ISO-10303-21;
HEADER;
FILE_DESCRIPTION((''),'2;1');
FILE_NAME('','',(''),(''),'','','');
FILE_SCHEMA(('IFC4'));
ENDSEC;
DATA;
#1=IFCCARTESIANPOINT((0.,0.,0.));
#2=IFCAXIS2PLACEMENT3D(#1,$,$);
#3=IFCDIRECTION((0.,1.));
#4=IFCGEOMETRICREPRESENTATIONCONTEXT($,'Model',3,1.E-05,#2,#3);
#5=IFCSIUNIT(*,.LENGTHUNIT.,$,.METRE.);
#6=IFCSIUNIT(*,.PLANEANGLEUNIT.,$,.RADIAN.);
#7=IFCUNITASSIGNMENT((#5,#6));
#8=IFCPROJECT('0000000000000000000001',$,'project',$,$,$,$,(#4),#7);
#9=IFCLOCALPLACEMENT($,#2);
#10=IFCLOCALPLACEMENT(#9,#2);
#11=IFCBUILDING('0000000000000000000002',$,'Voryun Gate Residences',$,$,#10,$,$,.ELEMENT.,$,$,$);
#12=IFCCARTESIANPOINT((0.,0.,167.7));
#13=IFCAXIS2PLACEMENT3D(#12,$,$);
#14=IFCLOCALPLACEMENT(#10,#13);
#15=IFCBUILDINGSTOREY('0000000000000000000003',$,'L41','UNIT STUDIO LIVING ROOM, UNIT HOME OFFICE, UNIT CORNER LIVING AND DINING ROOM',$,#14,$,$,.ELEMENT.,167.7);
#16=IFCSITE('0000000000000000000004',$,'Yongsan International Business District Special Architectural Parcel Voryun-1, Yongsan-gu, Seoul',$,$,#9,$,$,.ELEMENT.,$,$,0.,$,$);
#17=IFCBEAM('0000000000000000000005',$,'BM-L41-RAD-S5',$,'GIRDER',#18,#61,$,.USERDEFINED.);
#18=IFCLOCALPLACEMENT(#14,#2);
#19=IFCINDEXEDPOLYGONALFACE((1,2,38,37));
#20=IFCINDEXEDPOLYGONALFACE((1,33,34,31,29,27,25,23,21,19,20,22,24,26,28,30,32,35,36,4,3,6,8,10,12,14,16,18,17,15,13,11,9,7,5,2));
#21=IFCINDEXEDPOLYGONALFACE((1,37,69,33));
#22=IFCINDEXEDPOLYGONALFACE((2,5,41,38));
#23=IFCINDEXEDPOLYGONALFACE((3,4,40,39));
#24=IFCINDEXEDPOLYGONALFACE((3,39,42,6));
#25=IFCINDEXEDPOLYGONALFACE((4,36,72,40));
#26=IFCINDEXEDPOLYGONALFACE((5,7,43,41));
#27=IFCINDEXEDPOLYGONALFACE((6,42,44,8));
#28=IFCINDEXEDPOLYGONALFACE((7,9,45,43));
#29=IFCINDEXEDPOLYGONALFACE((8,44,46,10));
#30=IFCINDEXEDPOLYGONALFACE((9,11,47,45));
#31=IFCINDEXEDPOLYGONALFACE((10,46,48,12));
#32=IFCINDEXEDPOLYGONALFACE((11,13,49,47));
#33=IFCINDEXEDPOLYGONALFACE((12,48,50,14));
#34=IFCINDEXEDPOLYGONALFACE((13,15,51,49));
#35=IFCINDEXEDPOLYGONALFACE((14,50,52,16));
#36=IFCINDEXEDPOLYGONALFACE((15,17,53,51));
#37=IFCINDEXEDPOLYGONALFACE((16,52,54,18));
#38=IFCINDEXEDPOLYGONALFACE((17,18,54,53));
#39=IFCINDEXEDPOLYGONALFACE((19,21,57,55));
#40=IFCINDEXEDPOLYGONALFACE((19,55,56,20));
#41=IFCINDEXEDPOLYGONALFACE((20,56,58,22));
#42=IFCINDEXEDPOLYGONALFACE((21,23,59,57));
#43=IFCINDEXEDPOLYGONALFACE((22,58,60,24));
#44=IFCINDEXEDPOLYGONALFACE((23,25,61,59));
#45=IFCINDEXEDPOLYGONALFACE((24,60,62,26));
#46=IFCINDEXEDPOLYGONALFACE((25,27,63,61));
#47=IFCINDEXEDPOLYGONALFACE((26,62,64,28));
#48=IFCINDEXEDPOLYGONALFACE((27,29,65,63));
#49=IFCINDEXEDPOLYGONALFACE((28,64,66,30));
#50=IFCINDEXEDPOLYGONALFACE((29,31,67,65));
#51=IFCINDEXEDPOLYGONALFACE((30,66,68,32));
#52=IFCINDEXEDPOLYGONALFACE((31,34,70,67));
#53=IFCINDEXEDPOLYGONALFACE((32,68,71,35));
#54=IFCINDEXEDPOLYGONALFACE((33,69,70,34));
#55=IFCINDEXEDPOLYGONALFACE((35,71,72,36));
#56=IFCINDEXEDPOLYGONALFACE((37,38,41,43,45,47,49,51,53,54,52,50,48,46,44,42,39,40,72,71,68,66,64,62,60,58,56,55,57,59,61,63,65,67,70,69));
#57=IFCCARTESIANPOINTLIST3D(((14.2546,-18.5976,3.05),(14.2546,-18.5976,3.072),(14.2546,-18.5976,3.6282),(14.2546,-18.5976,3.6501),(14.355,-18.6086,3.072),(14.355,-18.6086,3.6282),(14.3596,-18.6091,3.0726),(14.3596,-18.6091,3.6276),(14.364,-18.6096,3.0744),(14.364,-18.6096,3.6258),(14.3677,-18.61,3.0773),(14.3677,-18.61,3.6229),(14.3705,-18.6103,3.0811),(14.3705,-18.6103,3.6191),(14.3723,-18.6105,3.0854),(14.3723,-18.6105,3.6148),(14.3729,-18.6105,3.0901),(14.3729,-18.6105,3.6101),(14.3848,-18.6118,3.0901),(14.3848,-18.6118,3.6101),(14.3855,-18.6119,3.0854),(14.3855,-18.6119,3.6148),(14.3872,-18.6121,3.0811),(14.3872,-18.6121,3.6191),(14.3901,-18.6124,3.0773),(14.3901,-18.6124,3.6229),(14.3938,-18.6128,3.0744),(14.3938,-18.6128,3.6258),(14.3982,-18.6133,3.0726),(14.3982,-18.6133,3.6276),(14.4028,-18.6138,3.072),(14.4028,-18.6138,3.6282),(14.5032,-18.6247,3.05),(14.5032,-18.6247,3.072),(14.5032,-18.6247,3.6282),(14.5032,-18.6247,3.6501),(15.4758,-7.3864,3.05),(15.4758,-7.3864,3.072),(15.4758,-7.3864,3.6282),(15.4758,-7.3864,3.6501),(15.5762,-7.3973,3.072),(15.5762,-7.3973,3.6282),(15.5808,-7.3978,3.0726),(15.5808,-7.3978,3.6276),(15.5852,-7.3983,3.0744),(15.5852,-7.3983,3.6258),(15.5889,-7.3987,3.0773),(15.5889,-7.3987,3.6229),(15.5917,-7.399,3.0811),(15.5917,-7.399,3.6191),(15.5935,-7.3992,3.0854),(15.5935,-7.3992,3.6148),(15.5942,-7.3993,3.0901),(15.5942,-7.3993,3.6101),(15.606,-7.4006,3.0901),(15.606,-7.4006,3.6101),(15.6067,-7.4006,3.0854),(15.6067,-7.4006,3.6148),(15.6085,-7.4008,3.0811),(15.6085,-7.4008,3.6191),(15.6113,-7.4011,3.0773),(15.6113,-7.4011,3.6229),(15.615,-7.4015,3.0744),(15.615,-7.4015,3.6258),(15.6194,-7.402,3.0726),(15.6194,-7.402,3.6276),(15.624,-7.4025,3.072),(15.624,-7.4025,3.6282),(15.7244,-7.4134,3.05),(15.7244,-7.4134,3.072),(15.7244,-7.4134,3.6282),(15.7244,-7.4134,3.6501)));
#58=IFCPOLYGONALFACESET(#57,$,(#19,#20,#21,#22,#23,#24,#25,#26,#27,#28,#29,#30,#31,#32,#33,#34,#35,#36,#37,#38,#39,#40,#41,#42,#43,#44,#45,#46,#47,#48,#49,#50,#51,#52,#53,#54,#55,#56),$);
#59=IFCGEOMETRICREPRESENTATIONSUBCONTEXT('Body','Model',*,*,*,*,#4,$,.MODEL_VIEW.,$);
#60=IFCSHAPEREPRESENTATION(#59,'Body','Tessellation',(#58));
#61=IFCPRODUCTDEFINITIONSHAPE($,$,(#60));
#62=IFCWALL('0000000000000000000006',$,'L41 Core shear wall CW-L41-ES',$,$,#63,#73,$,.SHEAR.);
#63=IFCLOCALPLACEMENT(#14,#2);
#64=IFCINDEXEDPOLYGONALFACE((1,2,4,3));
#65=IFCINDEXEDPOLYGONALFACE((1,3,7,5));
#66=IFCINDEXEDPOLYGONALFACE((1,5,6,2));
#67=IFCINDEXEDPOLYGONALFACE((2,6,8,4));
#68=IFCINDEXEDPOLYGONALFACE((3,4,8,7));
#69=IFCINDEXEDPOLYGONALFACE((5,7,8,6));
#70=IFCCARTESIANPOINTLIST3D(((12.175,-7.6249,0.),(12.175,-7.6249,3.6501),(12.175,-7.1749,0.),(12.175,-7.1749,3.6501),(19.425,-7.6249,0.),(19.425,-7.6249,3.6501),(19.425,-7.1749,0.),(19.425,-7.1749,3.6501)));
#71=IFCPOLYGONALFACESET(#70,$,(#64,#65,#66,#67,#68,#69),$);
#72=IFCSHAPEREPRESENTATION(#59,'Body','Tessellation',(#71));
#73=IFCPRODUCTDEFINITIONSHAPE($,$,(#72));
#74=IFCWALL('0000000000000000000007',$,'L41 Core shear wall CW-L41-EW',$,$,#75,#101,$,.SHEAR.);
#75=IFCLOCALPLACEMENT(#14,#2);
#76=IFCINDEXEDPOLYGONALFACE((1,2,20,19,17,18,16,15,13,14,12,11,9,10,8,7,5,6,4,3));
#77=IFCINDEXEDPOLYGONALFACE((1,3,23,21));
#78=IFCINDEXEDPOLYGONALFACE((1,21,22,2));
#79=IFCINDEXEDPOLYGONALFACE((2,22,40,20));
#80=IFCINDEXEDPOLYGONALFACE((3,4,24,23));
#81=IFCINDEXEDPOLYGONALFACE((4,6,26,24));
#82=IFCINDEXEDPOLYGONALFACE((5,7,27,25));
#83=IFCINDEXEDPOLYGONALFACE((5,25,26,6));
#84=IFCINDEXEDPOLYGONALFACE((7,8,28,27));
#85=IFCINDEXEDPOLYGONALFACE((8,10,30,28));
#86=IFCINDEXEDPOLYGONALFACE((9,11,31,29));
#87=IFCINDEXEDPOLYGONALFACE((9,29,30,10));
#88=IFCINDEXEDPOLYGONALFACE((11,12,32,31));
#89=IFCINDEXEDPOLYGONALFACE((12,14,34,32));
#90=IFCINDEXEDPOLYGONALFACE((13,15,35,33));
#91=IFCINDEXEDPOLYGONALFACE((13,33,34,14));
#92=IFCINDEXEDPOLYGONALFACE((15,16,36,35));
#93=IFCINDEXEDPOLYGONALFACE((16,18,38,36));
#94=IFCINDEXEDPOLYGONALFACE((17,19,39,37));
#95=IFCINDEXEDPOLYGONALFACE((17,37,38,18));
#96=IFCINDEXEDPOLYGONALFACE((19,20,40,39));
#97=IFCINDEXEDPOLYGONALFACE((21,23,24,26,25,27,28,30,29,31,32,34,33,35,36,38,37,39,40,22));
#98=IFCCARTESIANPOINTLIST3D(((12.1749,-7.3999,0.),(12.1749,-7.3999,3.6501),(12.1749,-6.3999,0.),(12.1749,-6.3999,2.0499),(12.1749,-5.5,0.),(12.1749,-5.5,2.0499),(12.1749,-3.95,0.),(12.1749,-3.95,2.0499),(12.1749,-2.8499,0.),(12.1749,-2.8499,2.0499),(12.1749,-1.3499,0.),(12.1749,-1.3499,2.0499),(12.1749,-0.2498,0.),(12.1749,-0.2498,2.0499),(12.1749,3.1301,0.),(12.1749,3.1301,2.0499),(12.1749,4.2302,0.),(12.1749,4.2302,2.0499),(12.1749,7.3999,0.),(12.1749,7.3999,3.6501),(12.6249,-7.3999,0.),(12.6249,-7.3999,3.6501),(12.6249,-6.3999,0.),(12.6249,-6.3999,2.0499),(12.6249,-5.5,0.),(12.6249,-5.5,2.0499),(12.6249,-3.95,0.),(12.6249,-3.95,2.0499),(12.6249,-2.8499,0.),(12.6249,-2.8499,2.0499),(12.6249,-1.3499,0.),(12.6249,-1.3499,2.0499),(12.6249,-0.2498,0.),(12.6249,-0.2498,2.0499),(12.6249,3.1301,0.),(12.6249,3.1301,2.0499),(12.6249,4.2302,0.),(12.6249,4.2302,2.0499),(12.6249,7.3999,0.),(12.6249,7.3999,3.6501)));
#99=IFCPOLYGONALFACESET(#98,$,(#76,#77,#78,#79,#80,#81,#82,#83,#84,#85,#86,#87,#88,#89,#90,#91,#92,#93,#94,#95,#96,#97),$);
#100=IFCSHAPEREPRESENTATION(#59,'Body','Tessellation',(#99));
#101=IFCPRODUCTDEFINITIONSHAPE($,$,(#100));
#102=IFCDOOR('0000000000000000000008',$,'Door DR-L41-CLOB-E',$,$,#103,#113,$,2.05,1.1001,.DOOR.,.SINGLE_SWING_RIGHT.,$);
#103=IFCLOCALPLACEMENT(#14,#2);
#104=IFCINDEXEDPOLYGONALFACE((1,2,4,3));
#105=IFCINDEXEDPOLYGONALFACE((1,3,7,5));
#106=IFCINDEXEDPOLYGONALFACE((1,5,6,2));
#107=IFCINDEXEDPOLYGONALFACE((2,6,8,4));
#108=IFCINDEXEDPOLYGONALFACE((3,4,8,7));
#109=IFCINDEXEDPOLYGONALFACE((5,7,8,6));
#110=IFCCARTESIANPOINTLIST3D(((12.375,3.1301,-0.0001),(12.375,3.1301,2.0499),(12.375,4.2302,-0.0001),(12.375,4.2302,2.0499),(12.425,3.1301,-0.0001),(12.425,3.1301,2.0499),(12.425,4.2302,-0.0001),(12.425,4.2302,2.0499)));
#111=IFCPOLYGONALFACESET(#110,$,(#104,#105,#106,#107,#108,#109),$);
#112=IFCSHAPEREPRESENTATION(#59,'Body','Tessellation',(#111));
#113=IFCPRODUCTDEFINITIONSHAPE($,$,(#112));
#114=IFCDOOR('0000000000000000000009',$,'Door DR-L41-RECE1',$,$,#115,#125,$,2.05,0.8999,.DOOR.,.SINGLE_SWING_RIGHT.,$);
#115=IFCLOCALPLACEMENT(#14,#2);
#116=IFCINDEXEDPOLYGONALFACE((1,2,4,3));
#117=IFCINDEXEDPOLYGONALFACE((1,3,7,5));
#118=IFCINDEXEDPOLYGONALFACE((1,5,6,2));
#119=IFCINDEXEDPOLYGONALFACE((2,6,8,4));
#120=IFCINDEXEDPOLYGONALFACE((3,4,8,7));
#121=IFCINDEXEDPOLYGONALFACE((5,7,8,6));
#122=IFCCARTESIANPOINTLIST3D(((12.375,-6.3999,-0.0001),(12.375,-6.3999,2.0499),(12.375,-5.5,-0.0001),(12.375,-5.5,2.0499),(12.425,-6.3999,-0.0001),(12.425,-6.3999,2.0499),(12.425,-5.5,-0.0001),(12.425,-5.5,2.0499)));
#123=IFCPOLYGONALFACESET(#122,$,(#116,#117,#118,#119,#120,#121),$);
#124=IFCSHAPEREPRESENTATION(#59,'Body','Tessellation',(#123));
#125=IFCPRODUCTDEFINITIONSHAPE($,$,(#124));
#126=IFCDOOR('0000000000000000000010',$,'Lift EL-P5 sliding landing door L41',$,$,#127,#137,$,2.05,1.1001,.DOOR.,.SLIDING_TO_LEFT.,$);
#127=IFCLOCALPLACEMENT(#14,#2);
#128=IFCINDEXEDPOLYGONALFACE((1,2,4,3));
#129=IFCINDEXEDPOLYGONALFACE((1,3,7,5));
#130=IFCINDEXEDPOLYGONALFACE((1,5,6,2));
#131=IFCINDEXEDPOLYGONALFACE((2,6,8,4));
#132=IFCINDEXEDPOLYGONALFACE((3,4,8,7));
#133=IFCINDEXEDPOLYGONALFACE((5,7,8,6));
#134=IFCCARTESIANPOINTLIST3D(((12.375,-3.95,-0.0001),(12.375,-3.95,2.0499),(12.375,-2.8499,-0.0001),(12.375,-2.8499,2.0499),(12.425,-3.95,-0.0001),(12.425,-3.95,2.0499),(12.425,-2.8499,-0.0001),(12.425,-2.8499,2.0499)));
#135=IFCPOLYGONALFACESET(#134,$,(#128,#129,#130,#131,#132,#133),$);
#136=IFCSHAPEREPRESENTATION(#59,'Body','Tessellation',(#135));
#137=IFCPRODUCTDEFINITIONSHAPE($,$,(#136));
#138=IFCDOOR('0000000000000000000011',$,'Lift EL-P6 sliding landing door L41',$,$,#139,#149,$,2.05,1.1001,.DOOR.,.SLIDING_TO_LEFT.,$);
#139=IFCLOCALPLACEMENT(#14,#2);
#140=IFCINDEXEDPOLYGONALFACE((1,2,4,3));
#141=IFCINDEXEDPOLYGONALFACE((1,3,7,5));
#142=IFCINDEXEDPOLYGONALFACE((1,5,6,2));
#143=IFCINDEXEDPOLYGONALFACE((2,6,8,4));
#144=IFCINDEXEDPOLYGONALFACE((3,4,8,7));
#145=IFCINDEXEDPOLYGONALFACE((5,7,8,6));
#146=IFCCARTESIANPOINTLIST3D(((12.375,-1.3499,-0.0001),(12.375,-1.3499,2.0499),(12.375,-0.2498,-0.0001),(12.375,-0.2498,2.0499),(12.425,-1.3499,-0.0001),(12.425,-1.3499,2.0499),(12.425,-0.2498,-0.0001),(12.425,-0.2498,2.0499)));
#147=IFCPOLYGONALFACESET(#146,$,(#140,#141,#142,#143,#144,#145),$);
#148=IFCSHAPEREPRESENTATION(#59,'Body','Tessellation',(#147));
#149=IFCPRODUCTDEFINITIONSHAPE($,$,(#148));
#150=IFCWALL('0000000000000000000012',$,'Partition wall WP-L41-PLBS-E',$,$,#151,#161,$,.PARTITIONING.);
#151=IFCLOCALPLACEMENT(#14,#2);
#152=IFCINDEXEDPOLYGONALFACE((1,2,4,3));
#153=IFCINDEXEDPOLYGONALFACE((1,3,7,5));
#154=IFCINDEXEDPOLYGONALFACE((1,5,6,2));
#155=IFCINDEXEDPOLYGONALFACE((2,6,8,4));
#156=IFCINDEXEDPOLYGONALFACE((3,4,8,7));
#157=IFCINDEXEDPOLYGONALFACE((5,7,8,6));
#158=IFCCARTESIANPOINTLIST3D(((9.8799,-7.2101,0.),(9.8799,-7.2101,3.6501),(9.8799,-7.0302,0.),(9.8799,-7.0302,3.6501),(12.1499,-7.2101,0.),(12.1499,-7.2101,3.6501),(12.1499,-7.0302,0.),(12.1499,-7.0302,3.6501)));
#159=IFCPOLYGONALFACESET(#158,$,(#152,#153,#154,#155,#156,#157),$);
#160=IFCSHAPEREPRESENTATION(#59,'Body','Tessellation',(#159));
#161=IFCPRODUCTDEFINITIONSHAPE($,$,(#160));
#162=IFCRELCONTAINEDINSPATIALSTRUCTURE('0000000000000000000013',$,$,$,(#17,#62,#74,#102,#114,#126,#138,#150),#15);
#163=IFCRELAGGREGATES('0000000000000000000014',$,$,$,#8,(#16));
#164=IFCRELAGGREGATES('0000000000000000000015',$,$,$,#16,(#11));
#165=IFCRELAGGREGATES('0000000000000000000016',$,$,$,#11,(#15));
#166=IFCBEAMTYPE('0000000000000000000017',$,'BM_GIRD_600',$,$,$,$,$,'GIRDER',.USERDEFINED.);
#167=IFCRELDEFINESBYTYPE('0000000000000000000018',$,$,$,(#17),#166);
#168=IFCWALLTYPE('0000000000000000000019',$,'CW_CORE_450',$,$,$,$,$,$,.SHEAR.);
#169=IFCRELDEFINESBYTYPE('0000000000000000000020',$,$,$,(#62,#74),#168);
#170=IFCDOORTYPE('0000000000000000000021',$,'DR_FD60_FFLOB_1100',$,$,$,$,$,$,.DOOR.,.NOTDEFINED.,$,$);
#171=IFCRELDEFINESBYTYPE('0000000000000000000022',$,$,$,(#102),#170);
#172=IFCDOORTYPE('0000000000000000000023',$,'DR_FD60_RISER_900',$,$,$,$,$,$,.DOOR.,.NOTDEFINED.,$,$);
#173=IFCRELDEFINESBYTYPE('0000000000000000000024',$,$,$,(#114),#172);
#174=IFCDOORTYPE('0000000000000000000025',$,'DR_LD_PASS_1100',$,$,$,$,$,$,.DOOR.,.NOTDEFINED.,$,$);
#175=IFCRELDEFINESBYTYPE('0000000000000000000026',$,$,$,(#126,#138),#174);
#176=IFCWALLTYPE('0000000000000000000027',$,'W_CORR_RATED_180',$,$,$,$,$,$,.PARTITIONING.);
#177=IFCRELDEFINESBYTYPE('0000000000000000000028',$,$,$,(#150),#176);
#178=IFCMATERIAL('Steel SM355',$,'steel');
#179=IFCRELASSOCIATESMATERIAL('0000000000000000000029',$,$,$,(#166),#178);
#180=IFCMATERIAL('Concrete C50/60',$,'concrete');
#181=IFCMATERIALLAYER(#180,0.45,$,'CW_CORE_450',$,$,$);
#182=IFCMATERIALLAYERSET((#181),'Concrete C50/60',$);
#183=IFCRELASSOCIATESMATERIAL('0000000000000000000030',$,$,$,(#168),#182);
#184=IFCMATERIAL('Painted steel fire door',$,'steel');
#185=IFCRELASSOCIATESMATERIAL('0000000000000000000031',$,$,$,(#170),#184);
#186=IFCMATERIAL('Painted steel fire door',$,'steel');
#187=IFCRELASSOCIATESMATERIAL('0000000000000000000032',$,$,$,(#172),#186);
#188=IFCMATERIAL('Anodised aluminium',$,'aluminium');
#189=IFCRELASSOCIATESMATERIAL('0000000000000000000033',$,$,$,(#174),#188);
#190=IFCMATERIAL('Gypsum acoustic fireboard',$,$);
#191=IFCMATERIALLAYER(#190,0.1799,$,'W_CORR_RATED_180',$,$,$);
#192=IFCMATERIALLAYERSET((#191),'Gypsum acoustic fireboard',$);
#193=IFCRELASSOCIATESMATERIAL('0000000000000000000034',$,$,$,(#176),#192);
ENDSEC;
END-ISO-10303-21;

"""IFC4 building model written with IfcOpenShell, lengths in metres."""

from ifc_helpers import new_model, si_unit, direction, frame, frame_2d, origin, origin_2d, place, context, subcontext, project, spatial, rectangle, i_section, extrude, material, layer, layer_set, material_profile, profile_set, type_object, element, fill, save


model = new_model("IFC4")

# Units and contexts
model_context = context("Model", 3, precision=1e-05, world=origin(), true_north=direction((0.0, 1.0)))
body_context = subcontext(model_context, "Body", "Model", "MODEL_VIEW")
ifc_project = project(units=[si_unit("LENGTHUNIT", "METRE"), si_unit("PLANEANGLEUNIT", "RADIAN")], contexts=[model_context])

# Site, building, storey
site_placement = place(None, origin())
site = spatial("IfcSite", under=ifc_project, at=site_placement, Name="Yongsan International Business District Special Architectural Parcel Voryun-1, Yongsan-gu, Seoul", CompositionType="ELEMENT", RefElevation=0.0)
building_placement = place(site_placement, origin())
building = spatial("IfcBuilding", under=site, at=building_placement, Name="Voryun Gate Residences", CompositionType="ELEMENT")
storey_placement = place(building_placement, frame((0.0, 0.0, 167.7)))
storey = spatial("IfcBuildingStorey", under=building, at=storey_placement, Name="L41", Description="UNIT STUDIO LIVING ROOM, UNIT HOME OFFICE, UNIT CORNER LIVING AND DINING ROOM", CompositionType="ELEMENT", Elevation=167.7)

# Beam
ifc_material_1 = material(Name="Steel SM355", Category="steel")
ifc_material_profile_1 = material_profile(ifc_material_1, i_section(OverallWidth=0.25, OverallDepth=0.6001, WebThickness=0.012, FlangeThickness=0.022, FilletRadius=0.0181, at=origin_2d()), Name="H-600x250x12x22")
ifc_profile_set_1 = profile_set([ifc_material_profile_1], Name="Steel SM355")
beam_type_1 = type_object("IfcBeamType", Name="BM_GIRD_600", ElementType="GIRDER", PredefinedType="USERDEFINED", material=ifc_profile_set_1)
beam_1_placement = place(storey_placement, frame((15.6001, -7.3999, 3.3501), z_axis=(-0.108286, -0.99412, 0.0), x_axis=(0.99412, -0.108286, 0.0)))
element("IfcBeam", 1, at=beam_1_placement, inside=storey, type_object=beam_type_1, Name="BM-L41-RAD-S5", ObjectType="GIRDER", PredefinedType="USERDEFINED", context=body_context, shape_type="SweptSolid", body=[
    extrude(i_section(OverallWidth=0.25, OverallDepth=0.6001, WebThickness=0.012, FlangeThickness=0.022, FilletRadius=0.0181, at=origin_2d()), origin(), (0.0, 0.0, 1.0), 11.2776),
])

# Wall
ifc_material_2 = material(Name="Concrete C50/60", Category="concrete")
ifc_layer_1 = layer(ifc_material_2, 0.45, Name="CW_CORE_450")
ifc_layer_set_1 = layer_set([ifc_layer_1], Name="Concrete C50/60")
wall_type_1 = type_object("IfcWallType", Name="CW_CORE_450", PredefinedType="SHEAR", material=ifc_layer_set_1)
wall_1_placement = place(storey_placement, frame((12.175, -7.3999, 0.0), z_axis=(0.0, 0.0, 1.0), x_axis=(1.0, 0.0, 0.0)))
element("IfcWall", 2, at=wall_1_placement, inside=storey, type_object=wall_type_1, Name="L41 Core shear wall CW-L41-ES", PredefinedType="SHEAR", context=body_context, shape_type="SweptSolid", body=[
    extrude(rectangle(XDim=7.25, YDim=0.45, at=frame_2d((3.625, 0.0))), origin(), (0.0, 0.0, 1.0), 3.6501),
])

# Wall, openings, doors
wall_2_placement = place(storey_placement, frame((12.3999, -7.3999, 0.0), z_axis=(0.0, 0.0, 1.0), x_axis=(0.0, 1.0, 0.0)))
wall_2 = element("IfcWall", 3, at=wall_2_placement, inside=storey, type_object=wall_type_1, Name="L41 Core shear wall CW-L41-EW", PredefinedType="SHEAR", context=body_context, shape_type="SweptSolid", body=[
    extrude(rectangle(XDim=14.7998, YDim=0.45, at=frame_2d((7.3999, 0.0))), origin(), (0.0, 0.0, 1.0), 3.6501),
])
opening_1_placement = place(wall_2_placement, frame((3.45, 0.0, 0.0)))
opening_1 = element("IfcOpeningElement", 4, at=opening_1_placement, cuts=wall_2, PredefinedType="OPENING", context=body_context, shape_type="SweptSolid", body=[
    extrude(rectangle(XDim=1.1001, YDim=2.05, at=frame_2d((0.55, 1.0249))), frame((0.0, 0.2351, 0.0), z_axis=(0.0, -1.0, 0.0), x_axis=(1.0, 0.0, 0.0)), (0.0, 0.0, 1.0), 0.47),
])
opening_2_placement = place(wall_2_placement, frame((6.05, 0.0, 0.0)))
opening_2 = element("IfcOpeningElement", 5, at=opening_2_placement, cuts=wall_2, PredefinedType="OPENING", context=body_context, shape_type="SweptSolid", body=[
    extrude(rectangle(XDim=1.1001, YDim=2.05, at=frame_2d((0.55, 1.0249))), frame((0.0, 0.2351, 0.0), z_axis=(0.0, -1.0, 0.0), x_axis=(1.0, 0.0, 0.0)), (0.0, 0.0, 1.0), 0.47),
])
opening_3_placement = place(wall_2_placement, frame((10.53, 0.0, 0.0)))
opening_3 = element("IfcOpeningElement", 6, at=opening_3_placement, cuts=wall_2, PredefinedType="OPENING", context=body_context, shape_type="SweptSolid", body=[
    extrude(rectangle(XDim=1.1001, YDim=2.05, at=frame_2d((0.55, 1.0249))), frame((0.0, 0.2351, 0.0), z_axis=(0.0, -1.0, 0.0), x_axis=(1.0, 0.0, 0.0)), (0.0, 0.0, 1.0), 0.47),
])
opening_4_placement = place(wall_2_placement, frame((1.0, 0.0, 0.0)))
opening_4 = element("IfcOpeningElement", 7, at=opening_4_placement, cuts=wall_2, PredefinedType="OPENING", context=body_context, shape_type="SweptSolid", body=[
    extrude(rectangle(XDim=0.8999, YDim=2.05, at=frame_2d((0.45, 1.0249))), frame((0.0, 0.2351, 0.0), z_axis=(0.0, -1.0, 0.0), x_axis=(1.0, 0.0, 0.0)), (0.0, 0.0, 1.0), 0.47),
])
ifc_material_3 = material(Name="Painted steel fire door", Category="steel")
door_type_1 = type_object("IfcDoorType", Name="DR_FD60_FFLOB_1100", OperationType="NOTDEFINED", PredefinedType="DOOR", material=ifc_material_3)
door_1_placement = place(opening_3_placement, origin())
door_1 = element("IfcDoor", 8, at=door_1_placement, inside=storey, type_object=door_type_1, Name="Door DR-L41-CLOB-E", OperationType="SINGLE_SWING_RIGHT", OverallHeight=2.05, OverallWidth=1.1001, PredefinedType="DOOR", context=body_context, shape_type="SweptSolid", body=[
    extrude(rectangle(XDim=1.1001, YDim=2.05, at=frame_2d((0.55, 1.0249))), frame((0.0, 0.0249, 0.0), z_axis=(0.0, -1.0, 0.0), x_axis=(1.0, 0.0, 0.0)), (0.0, 0.0, 1.0), 0.05),
])
fill(opening_3, door_1)
ifc_material_4 = material(Name="Painted steel fire door", Category="steel")
door_type_2 = type_object("IfcDoorType", Name="DR_FD60_RISER_900", OperationType="NOTDEFINED", PredefinedType="DOOR", material=ifc_material_4)
door_2_placement = place(opening_4_placement, origin())
door_2 = element("IfcDoor", 9, at=door_2_placement, inside=storey, type_object=door_type_2, Name="Door DR-L41-RECE1", OperationType="SINGLE_SWING_RIGHT", OverallHeight=2.05, OverallWidth=0.8999, PredefinedType="DOOR", context=body_context, shape_type="SweptSolid", body=[
    extrude(rectangle(XDim=0.8999, YDim=2.05, at=frame_2d((0.45, 1.0249))), frame((0.0, 0.0249, 0.0), z_axis=(0.0, -1.0, 0.0), x_axis=(1.0, 0.0, 0.0)), (0.0, 0.0, 1.0), 0.05),
])
fill(opening_4, door_2)
ifc_material_5 = material(Name="Anodised aluminium", Category="aluminium")
door_type_3 = type_object("IfcDoorType", Name="DR_LD_PASS_1100", OperationType="NOTDEFINED", PredefinedType="DOOR", material=ifc_material_5)
door_3_placement = place(opening_1_placement, origin())
door_3 = element("IfcDoor", 10, at=door_3_placement, inside=storey, type_object=door_type_3, Name="Lift EL-P5 sliding landing door L41", OperationType="SLIDING_TO_LEFT", OverallHeight=2.05, OverallWidth=1.1001, PredefinedType="DOOR", context=body_context, shape_type="SweptSolid", body=[
    extrude(rectangle(XDim=1.1001, YDim=2.05, at=frame_2d((0.55, 1.0249))), frame((0.0, 0.0249, 0.0), z_axis=(0.0, -1.0, 0.0), x_axis=(1.0, 0.0, 0.0)), (0.0, 0.0, 1.0), 0.05),
])
fill(opening_1, door_3)
door_4_placement = place(opening_2_placement, origin())
door_4 = element("IfcDoor", 11, at=door_4_placement, inside=storey, type_object=door_type_3, Name="Lift EL-P6 sliding landing door L41", OperationType="SLIDING_TO_LEFT", OverallHeight=2.05, OverallWidth=1.1001, PredefinedType="DOOR", context=body_context, shape_type="SweptSolid", body=[
    extrude(rectangle(XDim=1.1001, YDim=2.05, at=frame_2d((0.55, 1.0249))), frame((0.0, 0.0249, 0.0), z_axis=(0.0, -1.0, 0.0), x_axis=(1.0, 0.0, 0.0)), (0.0, 0.0, 1.0), 0.05),
])
fill(opening_2, door_4)

# Wall
ifc_material_6 = material(Name="Gypsum acoustic fireboard")
ifc_layer_2 = layer(ifc_material_6, 0.1799, Name="W_CORR_RATED_180")
ifc_layer_set_2 = layer_set([ifc_layer_2], Name="Gypsum acoustic fireboard")
wall_type_2 = type_object("IfcWallType", Name="W_CORR_RATED_180", PredefinedType="PARTITIONING", material=ifc_layer_set_2)
wall_3_placement = place(storey_placement, frame((9.8799, -7.1201, 0.0), z_axis=(0.0, 0.0, 1.0), x_axis=(1.0, 0.0, 0.0)))
element("IfcWall", 12, at=wall_3_placement, inside=storey, type_object=wall_type_2, Name="Partition wall WP-L41-PLBS-E", PredefinedType="PARTITIONING", context=body_context, shape_type="SweptSolid", body=[
    extrude(rectangle(XDim=2.27, YDim=0.1799, at=frame_2d((1.135, 0.0))), origin(), (0.0, 0.0, 1.0), 3.6501),
])

save(model, "model.ifc")
